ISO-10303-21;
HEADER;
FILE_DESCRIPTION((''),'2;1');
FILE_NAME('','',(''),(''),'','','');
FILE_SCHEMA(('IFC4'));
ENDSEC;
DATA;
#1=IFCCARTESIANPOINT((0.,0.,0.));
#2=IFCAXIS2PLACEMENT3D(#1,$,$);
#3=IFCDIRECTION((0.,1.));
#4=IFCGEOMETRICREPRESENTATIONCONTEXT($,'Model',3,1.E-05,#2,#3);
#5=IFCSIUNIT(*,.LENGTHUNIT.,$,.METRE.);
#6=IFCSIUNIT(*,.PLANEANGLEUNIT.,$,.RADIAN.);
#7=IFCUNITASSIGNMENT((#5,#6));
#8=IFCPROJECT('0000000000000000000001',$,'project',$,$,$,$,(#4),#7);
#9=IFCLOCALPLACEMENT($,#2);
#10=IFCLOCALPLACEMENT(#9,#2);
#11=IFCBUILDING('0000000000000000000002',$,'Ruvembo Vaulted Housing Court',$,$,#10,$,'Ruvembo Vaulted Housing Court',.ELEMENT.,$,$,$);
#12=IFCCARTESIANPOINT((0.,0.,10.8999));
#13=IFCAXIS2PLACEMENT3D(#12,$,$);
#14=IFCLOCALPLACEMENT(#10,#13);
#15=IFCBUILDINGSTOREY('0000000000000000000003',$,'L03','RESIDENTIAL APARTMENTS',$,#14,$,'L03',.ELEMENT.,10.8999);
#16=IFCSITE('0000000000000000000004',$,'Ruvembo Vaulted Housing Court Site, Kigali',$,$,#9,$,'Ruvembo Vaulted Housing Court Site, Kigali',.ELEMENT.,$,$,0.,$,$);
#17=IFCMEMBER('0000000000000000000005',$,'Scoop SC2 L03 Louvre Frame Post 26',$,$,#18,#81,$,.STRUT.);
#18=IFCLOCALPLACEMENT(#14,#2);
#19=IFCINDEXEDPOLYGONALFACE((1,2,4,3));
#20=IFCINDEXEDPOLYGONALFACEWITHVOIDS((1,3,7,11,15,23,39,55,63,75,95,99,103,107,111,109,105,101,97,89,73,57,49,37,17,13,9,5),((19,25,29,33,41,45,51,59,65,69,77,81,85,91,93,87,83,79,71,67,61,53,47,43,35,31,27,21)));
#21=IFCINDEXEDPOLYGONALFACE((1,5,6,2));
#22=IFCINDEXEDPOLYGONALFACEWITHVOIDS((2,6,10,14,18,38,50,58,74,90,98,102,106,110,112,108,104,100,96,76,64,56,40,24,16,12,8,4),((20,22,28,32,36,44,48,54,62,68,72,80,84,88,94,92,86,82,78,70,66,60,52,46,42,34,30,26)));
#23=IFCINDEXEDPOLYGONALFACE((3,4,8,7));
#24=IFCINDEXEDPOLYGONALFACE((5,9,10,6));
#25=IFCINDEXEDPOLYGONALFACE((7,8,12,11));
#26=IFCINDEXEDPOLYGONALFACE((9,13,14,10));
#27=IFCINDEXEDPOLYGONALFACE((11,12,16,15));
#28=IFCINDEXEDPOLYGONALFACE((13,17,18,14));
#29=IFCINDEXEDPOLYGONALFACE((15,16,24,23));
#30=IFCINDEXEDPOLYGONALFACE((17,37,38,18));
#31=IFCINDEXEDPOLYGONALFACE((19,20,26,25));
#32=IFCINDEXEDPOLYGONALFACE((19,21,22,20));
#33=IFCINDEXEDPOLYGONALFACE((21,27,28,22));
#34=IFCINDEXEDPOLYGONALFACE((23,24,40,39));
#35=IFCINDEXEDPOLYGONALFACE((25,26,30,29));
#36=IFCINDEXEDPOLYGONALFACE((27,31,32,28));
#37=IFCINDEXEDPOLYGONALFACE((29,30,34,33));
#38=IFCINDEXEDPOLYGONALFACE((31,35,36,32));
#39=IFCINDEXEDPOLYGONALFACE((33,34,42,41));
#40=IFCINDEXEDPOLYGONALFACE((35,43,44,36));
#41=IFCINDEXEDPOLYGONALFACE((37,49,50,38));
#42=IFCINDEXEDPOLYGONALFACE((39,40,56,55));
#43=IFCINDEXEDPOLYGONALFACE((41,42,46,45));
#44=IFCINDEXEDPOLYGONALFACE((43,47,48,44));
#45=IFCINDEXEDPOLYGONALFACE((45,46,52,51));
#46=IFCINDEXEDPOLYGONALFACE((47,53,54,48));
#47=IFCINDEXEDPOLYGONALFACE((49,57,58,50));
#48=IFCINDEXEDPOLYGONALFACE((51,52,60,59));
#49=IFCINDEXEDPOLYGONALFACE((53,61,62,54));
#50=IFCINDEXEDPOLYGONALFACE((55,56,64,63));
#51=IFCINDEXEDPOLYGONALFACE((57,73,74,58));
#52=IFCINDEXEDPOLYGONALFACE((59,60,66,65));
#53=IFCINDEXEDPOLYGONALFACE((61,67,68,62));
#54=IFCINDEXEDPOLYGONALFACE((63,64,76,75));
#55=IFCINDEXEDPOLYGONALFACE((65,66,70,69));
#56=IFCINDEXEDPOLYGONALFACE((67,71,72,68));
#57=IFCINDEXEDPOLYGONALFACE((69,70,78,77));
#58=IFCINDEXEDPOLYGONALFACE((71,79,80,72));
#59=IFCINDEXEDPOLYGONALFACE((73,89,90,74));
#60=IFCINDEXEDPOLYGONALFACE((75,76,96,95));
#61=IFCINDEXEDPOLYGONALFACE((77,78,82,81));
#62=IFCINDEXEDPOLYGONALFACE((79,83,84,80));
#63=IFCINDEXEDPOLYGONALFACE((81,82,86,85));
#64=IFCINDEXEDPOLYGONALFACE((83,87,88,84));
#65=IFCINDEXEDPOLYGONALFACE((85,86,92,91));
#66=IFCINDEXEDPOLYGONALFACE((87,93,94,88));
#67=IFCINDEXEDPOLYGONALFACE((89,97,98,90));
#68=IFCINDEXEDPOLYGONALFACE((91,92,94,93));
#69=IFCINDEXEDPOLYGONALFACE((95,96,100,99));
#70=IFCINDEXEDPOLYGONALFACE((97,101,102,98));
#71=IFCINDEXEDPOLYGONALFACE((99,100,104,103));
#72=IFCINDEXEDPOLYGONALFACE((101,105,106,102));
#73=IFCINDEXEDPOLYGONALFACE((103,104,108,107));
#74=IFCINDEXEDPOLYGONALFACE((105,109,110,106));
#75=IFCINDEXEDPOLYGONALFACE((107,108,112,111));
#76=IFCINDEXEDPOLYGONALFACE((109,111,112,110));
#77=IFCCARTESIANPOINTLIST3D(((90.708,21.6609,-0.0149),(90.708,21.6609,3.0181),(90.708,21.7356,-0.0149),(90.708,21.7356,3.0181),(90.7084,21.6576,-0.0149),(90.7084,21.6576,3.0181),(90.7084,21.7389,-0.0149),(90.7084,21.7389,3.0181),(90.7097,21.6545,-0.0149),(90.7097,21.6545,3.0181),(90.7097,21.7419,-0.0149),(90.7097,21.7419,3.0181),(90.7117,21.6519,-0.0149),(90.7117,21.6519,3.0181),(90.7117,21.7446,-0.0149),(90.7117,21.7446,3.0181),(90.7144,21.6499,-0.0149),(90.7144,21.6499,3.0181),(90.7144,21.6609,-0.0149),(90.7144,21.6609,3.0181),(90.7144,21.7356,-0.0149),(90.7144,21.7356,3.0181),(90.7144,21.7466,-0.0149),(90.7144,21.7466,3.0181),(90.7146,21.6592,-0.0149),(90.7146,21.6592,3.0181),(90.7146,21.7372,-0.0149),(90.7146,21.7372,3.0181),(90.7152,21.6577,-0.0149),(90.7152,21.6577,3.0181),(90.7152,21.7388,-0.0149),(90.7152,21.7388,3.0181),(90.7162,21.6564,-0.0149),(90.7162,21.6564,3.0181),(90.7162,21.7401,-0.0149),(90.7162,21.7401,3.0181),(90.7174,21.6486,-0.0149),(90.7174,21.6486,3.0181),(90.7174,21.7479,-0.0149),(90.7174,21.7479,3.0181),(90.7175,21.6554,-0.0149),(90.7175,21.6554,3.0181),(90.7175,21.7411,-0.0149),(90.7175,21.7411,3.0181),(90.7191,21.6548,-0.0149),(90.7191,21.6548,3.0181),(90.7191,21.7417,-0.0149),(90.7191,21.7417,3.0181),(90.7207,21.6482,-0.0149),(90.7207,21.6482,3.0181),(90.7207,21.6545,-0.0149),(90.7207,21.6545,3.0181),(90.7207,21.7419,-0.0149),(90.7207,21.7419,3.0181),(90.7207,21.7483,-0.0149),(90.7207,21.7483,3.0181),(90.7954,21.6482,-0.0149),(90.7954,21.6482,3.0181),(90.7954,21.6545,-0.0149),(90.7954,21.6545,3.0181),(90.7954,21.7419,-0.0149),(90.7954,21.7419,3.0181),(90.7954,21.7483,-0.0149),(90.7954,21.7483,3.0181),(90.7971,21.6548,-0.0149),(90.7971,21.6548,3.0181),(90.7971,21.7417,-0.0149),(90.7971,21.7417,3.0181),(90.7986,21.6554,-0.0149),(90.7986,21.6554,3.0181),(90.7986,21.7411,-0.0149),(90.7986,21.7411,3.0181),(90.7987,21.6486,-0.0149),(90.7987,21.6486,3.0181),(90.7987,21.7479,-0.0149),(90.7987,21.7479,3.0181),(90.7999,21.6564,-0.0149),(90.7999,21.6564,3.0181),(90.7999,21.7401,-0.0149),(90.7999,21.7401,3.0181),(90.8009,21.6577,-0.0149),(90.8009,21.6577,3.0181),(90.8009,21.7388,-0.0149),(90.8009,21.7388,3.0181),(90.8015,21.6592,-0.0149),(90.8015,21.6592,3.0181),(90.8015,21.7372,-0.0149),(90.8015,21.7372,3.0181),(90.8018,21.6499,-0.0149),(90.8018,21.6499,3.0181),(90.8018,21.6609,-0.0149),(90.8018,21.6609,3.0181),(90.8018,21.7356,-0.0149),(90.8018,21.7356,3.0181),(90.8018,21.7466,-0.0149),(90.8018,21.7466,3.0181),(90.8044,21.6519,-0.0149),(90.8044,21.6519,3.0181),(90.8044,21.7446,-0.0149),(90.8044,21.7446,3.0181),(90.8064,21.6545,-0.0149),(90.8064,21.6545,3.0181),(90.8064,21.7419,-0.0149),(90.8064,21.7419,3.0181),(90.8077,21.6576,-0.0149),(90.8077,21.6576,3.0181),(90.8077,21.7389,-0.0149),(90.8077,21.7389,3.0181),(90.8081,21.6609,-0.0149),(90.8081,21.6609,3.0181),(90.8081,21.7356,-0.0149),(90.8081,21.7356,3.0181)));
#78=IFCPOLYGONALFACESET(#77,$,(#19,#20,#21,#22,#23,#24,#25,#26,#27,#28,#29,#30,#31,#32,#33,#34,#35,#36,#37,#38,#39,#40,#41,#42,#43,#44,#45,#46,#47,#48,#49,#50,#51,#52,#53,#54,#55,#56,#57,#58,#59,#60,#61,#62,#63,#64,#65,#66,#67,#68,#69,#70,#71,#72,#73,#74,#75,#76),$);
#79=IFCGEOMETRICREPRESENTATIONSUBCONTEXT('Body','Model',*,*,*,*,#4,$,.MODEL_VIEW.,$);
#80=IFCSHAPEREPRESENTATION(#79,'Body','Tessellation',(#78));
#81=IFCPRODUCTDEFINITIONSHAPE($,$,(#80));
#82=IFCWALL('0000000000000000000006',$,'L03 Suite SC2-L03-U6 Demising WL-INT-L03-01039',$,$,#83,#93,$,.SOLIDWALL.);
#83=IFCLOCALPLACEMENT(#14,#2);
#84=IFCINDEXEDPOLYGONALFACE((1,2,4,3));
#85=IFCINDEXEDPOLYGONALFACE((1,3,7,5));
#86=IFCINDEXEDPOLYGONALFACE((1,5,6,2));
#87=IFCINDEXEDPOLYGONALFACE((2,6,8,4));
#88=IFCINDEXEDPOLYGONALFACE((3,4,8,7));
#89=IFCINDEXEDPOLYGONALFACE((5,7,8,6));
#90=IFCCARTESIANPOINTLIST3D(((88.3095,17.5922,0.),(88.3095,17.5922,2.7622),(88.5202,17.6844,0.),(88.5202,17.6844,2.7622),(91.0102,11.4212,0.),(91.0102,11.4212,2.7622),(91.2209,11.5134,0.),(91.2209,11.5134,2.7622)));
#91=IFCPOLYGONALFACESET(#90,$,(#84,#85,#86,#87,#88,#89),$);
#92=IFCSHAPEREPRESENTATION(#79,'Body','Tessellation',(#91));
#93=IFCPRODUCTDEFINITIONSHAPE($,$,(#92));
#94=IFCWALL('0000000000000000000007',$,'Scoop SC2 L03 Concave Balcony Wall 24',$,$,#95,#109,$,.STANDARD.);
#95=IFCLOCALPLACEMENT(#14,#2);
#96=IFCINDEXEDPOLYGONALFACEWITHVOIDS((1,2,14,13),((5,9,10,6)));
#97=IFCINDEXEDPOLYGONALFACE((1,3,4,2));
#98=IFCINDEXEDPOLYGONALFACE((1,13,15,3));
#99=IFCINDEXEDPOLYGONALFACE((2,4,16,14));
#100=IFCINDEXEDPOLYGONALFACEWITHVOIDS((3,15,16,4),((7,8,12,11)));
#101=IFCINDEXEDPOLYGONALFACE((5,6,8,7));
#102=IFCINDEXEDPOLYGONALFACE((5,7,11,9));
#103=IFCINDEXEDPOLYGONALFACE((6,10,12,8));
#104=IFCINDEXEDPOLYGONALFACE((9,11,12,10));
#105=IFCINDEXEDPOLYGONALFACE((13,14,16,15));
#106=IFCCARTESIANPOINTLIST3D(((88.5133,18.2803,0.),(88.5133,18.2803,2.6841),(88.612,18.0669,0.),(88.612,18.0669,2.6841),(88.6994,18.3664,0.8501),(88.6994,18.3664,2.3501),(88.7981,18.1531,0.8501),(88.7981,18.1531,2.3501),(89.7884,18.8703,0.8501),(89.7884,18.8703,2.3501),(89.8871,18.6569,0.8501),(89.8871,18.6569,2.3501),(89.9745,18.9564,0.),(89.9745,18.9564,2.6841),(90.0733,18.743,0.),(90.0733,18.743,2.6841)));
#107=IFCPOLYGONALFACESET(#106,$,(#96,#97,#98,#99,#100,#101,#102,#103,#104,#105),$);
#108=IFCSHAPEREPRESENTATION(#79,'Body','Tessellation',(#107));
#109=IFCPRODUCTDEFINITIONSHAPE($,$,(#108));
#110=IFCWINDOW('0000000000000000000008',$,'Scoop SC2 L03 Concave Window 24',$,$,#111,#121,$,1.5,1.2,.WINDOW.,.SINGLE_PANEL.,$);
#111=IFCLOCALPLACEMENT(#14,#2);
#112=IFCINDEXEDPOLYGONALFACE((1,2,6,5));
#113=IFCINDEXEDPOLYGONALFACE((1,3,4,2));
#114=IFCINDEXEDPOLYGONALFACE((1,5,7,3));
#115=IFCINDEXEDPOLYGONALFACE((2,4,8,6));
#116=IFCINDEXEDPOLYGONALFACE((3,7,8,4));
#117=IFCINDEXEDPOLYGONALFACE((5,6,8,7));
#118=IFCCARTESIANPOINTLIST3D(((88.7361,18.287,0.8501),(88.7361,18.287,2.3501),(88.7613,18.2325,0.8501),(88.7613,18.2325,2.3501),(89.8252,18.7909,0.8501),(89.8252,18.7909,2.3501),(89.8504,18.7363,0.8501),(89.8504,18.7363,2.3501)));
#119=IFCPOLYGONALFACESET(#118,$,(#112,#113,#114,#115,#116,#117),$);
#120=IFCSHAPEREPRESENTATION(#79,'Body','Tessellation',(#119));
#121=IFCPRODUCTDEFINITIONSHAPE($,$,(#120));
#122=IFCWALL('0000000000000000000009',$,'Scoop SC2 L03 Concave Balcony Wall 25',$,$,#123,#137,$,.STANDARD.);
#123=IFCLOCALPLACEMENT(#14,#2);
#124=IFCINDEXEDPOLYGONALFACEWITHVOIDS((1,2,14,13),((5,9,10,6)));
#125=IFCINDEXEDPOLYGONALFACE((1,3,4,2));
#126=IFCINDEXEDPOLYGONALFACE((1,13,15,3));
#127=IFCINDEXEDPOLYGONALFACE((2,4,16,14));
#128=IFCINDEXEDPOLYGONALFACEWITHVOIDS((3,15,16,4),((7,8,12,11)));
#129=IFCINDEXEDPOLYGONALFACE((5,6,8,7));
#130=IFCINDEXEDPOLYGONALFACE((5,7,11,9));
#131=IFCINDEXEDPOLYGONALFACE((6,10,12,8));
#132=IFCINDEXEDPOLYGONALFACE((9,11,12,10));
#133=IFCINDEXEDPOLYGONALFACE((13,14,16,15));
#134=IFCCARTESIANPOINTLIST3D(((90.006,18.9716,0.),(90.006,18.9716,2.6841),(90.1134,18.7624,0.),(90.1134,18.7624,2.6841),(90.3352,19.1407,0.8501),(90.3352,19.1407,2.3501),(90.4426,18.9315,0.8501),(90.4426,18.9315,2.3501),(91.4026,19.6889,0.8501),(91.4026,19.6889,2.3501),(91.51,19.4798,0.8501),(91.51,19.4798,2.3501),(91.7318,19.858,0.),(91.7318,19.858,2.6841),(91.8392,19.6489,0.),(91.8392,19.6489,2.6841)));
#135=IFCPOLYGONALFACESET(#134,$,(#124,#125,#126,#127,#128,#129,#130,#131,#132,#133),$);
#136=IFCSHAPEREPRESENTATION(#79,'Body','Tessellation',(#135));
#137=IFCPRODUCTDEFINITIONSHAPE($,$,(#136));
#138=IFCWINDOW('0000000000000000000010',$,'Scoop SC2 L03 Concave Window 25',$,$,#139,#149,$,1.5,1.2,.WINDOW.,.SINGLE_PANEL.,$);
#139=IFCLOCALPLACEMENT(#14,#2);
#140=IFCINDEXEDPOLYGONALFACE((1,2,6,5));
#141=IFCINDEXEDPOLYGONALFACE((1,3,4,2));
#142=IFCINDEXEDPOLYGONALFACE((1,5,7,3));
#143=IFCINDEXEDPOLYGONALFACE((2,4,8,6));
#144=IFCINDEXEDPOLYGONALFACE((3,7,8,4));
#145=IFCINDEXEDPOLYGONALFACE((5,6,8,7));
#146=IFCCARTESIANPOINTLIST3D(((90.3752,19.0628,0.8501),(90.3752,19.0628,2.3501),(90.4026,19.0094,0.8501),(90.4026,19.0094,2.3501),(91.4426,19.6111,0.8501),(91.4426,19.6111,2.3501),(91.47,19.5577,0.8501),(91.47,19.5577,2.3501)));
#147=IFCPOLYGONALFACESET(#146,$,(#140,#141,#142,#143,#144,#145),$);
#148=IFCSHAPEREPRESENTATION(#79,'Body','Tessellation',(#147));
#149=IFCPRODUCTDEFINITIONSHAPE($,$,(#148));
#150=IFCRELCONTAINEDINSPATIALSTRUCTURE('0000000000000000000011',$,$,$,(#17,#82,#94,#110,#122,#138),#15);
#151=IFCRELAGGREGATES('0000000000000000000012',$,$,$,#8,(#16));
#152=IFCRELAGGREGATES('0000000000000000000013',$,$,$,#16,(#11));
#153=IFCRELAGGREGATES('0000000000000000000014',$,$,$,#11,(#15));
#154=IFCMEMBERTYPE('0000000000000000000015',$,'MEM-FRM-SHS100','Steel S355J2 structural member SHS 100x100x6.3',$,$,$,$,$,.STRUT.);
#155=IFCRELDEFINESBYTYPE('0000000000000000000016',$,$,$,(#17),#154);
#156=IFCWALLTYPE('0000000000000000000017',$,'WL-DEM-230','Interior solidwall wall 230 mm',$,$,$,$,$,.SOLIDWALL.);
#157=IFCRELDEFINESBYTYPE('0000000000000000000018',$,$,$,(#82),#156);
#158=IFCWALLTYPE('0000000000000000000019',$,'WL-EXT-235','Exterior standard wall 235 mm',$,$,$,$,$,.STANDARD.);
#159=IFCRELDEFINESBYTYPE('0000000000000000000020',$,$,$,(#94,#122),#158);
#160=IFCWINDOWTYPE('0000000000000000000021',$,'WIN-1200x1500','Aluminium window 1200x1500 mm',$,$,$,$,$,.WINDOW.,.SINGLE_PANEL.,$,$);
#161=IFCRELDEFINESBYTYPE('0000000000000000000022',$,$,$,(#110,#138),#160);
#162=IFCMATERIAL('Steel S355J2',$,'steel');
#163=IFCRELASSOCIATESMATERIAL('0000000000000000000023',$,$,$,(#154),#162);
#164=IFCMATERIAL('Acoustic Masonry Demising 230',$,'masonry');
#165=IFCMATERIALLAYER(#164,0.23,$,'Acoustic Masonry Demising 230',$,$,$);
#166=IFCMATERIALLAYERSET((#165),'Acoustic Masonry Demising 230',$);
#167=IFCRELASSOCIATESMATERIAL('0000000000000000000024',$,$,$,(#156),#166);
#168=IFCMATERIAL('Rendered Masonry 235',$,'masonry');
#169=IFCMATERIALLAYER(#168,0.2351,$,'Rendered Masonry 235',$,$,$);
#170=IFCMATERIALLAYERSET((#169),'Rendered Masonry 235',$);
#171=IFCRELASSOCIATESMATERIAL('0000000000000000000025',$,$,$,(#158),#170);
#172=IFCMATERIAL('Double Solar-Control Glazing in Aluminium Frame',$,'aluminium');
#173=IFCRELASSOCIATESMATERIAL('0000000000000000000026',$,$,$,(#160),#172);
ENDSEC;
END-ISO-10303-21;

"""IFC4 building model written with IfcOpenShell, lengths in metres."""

from ifc_helpers import new_model, si_unit, direction, frame, frame_2d, origin, origin_2d, place, context, subcontext, project, spatial, rectangle, hollow_rectangle, extrude, material, layer, layer_set, material_profile, profile_set, type_object, element, fill, save


model = new_model("IFC4")

# Units and contexts
model_context = context("Model", 3, precision=1e-05, world=origin(), true_north=direction((0.0, 1.0)))
body_context = subcontext(model_context, "Body", "Model", "MODEL_VIEW")
ifc_project = project(units=[si_unit("LENGTHUNIT", "METRE"), si_unit("PLANEANGLEUNIT", "RADIAN")], contexts=[model_context])

# Site, building, storey
site_placement = place(None, origin())
site = spatial("IfcSite", under=ifc_project, at=site_placement, Name="Ruvembo Vaulted Housing Court Site, Kigali", LongName="Ruvembo Vaulted Housing Court Site, Kigali", CompositionType="ELEMENT", RefElevation=0.0)
building_placement = place(site_placement, origin())
building = spatial("IfcBuilding", under=site, at=building_placement, Name="Ruvembo Vaulted Housing Court", LongName="Ruvembo Vaulted Housing Court", CompositionType="ELEMENT")
storey_placement = place(building_placement, frame((0.0, 0.0, 10.8999)))
storey = spatial("IfcBuildingStorey", under=building, at=storey_placement, Name="L03", Description="RESIDENTIAL APARTMENTS", LongName="L03", CompositionType="ELEMENT", Elevation=10.8999)

# Shared definitions
ifc_material_1 = material(Name="Steel S355J2", Category="steel")

# Member
ifc_material_profile_1 = material_profile(ifc_material_1, hollow_rectangle(XDim=0.1001, YDim=0.1001, WallThickness=0.0063, InnerFilletRadius=0.0063, OuterFilletRadius=0.0127, at=origin_2d()), Name="SHS 100x100x6.3")
ifc_profile_set_1 = profile_set([ifc_material_profile_1], Name="Steel S355J2")
member_type_1 = type_object("IfcMemberType", Name="MEM-FRM-SHS100", Description="Steel S355J2 structural member SHS 100x100x6.3", PredefinedType="STRUT", material=ifc_profile_set_1)
for number, where, z_axis, x_axis, name in (
    (1, (90.7581, 21.6982, -0.0149), (0.0, 0.0, 1.0), (1.0, 0.0, 0.0), "Scoop SC2 L03 Louvre Frame Post 26"),
):
    element("IfcMember", number, at=place(storey_placement, frame(where, z_axis=z_axis, x_axis=x_axis)), inside=storey, type_object=member_type_1, Name=name, PredefinedType="STRUT", context=body_context, shape_type="SweptSolid", body=[
        extrude(hollow_rectangle(XDim=0.1001, YDim=0.1001, WallThickness=0.0063, InnerFilletRadius=0.0063, OuterFilletRadius=0.0127, at=origin_2d()), origin(), (0.0, 0.0, 1.0), 3.033),
    ])

# Wall
ifc_material_2 = material(Name="Acoustic Masonry Demising 230", Category="masonry")
ifc_layer_1 = layer(ifc_material_2, 0.23, Name="Acoustic Masonry Demising 230")
ifc_layer_set_1 = layer_set([ifc_layer_1], Name="Acoustic Masonry Demising 230")
wall_type_1 = type_object("IfcWallType", Name="WL-DEM-230", Description="Interior solidwall wall 230 mm", PredefinedType="SOLIDWALL", material=ifc_layer_set_1)
wall_1_placement = place(storey_placement, frame((88.4148, 17.6384, 0.0), z_axis=(0.0, 0.0, 1.0), x_axis=(0.400933, -0.916107, 0.0)))
element("IfcWall", 2, at=wall_1_placement, inside=storey, type_object=wall_type_1, Name="L03 Suite SC2-L03-U6 Demising WL-INT-L03-01039", PredefinedType="SOLIDWALL", context=body_context, shape_type="SweptSolid", body=[
    extrude(rectangle(XDim=6.7361, YDim=0.23, at=frame_2d((3.3682, 0.0))), origin(), (0.0, 0.0, 1.0), 2.7622),
])

# Walls, openings, windows
ifc_material_3 = material(Name="Rendered Masonry 235", Category="masonry")
ifc_layer_2 = layer(ifc_material_3, 0.2351, Name="Rendered Masonry 235")
ifc_layer_set_2 = layer_set([ifc_layer_2], Name="Rendered Masonry 235")
wall_type_2 = type_object("IfcWallType", Name="WL-EXT-235", Description="Exterior standard wall 235 mm", PredefinedType="STANDARD", material=ifc_layer_set_2)
wall_2_placement = place(storey_placement, frame((88.5625, 18.1736, 0.0), z_axis=(0.0, 0.0, 1.0), x_axis=(0.907573, 0.419895, 0.0)))
wall_2 = element("IfcWall", 3, at=wall_2_placement, inside=storey, type_object=wall_type_2, Name="Scoop SC2 L03 Concave Balcony Wall 24", PredefinedType="STANDARD", context=body_context, shape_type="SweptSolid", body=[
    extrude(rectangle(XDim=1.6101, YDim=0.2351, at=frame_2d((0.8052, 0.0))), origin(), (0.0, 0.0, 1.0), 2.6841),
])
opening_1_placement = place(wall_2_placement, frame((0.2051, 0.0, 0.8501)))
opening_1 = element("IfcOpeningElement", 4, at=opening_1_placement, cuts=wall_2, PredefinedType="OPENING", context=body_context, shape_type="SweptSolid", body=[
    extrude(rectangle(XDim=1.2, YDim=1.5, at=frame_2d((0.6001, 0.75))), frame((0.0, 0.1274, 0.0), z_axis=(0.0, -1.0, 0.0), x_axis=(1.0, 0.0, 0.0)), (0.0, 0.0, 1.0), 0.2551),
])
ifc_material_4 = material(Name="Double Solar-Control Glazing in Aluminium Frame", Category="aluminium")
window_type = type_object("IfcWindowType", Name="WIN-1200x1500", Description="Aluminium window 1200x1500 mm", PartitioningType="SINGLE_PANEL", PredefinedType="WINDOW", material=ifc_material_4)
window_1_placement = place(opening_1_placement, origin())
window_1 = element("IfcWindow", 5, at=window_1_placement, inside=storey, type_object=window_type, Name="Scoop SC2 L03 Concave Window 24", OverallHeight=1.5, OverallWidth=1.2, PartitioningType="SINGLE_PANEL", PredefinedType="WINDOW", context=body_context, shape_type="SweptSolid", body=[
    extrude(rectangle(XDim=1.2, YDim=1.5, at=frame_2d((0.6001, 0.75))), frame((0.0, 0.03, 0.0), z_axis=(0.0, -1.0, 0.0), x_axis=(1.0, 0.0, 0.0)), (0.0, 0.0, 1.0), 0.0601),
])
fill(opening_1, window_1)
wall_3_placement = place(storey_placement, frame((90.0596, 18.8669, 0.0), z_axis=(0.0, 0.0, 1.0), x_axis=(0.889517, 0.456902, 0.0)))
wall_3 = element("IfcWall", 6, at=wall_3_placement, inside=storey, type_object=wall_type_2, Name="Scoop SC2 L03 Concave Balcony Wall 25", PredefinedType="STANDARD", context=body_context, shape_type="SweptSolid", body=[
    extrude(rectangle(XDim=1.9402, YDim=0.2351, at=frame_2d((0.9702, 0.0))), origin(), (0.0, 0.0, 1.0), 2.6841),
])
opening_2_placement = place(wall_3_placement, frame((0.3701, 0.0, 0.8501)))
opening_2 = element("IfcOpeningElement", 7, at=opening_2_placement, cuts=wall_3, PredefinedType="OPENING", context=body_context, shape_type="SweptSolid", body=[
    extrude(rectangle(XDim=1.2, YDim=1.5, at=frame_2d((0.6001, 0.75))), frame((0.0, 0.1274, 0.0), z_axis=(0.0, -1.0, 0.0), x_axis=(1.0, 0.0, 0.0)), (0.0, 0.0, 1.0), 0.2551),
])
window_2_placement = place(opening_2_placement, origin())
window_2 = element("IfcWindow", 8, at=window_2_placement, inside=storey, type_object=window_type, Name="Scoop SC2 L03 Concave Window 25", OverallHeight=1.5, OverallWidth=1.2, PartitioningType="SINGLE_PANEL", PredefinedType="WINDOW", context=body_context, shape_type="SweptSolid", body=[
    extrude(rectangle(XDim=1.2, YDim=1.5, at=frame_2d((0.6001, 0.75))), frame((0.0, 0.03, 0.0), z_axis=(0.0, -1.0, 0.0), x_axis=(1.0, 0.0, 0.0)), (0.0, 0.0, 1.0), 0.0601),
])
fill(opening_2, window_2)

save(model, "model.ifc")
